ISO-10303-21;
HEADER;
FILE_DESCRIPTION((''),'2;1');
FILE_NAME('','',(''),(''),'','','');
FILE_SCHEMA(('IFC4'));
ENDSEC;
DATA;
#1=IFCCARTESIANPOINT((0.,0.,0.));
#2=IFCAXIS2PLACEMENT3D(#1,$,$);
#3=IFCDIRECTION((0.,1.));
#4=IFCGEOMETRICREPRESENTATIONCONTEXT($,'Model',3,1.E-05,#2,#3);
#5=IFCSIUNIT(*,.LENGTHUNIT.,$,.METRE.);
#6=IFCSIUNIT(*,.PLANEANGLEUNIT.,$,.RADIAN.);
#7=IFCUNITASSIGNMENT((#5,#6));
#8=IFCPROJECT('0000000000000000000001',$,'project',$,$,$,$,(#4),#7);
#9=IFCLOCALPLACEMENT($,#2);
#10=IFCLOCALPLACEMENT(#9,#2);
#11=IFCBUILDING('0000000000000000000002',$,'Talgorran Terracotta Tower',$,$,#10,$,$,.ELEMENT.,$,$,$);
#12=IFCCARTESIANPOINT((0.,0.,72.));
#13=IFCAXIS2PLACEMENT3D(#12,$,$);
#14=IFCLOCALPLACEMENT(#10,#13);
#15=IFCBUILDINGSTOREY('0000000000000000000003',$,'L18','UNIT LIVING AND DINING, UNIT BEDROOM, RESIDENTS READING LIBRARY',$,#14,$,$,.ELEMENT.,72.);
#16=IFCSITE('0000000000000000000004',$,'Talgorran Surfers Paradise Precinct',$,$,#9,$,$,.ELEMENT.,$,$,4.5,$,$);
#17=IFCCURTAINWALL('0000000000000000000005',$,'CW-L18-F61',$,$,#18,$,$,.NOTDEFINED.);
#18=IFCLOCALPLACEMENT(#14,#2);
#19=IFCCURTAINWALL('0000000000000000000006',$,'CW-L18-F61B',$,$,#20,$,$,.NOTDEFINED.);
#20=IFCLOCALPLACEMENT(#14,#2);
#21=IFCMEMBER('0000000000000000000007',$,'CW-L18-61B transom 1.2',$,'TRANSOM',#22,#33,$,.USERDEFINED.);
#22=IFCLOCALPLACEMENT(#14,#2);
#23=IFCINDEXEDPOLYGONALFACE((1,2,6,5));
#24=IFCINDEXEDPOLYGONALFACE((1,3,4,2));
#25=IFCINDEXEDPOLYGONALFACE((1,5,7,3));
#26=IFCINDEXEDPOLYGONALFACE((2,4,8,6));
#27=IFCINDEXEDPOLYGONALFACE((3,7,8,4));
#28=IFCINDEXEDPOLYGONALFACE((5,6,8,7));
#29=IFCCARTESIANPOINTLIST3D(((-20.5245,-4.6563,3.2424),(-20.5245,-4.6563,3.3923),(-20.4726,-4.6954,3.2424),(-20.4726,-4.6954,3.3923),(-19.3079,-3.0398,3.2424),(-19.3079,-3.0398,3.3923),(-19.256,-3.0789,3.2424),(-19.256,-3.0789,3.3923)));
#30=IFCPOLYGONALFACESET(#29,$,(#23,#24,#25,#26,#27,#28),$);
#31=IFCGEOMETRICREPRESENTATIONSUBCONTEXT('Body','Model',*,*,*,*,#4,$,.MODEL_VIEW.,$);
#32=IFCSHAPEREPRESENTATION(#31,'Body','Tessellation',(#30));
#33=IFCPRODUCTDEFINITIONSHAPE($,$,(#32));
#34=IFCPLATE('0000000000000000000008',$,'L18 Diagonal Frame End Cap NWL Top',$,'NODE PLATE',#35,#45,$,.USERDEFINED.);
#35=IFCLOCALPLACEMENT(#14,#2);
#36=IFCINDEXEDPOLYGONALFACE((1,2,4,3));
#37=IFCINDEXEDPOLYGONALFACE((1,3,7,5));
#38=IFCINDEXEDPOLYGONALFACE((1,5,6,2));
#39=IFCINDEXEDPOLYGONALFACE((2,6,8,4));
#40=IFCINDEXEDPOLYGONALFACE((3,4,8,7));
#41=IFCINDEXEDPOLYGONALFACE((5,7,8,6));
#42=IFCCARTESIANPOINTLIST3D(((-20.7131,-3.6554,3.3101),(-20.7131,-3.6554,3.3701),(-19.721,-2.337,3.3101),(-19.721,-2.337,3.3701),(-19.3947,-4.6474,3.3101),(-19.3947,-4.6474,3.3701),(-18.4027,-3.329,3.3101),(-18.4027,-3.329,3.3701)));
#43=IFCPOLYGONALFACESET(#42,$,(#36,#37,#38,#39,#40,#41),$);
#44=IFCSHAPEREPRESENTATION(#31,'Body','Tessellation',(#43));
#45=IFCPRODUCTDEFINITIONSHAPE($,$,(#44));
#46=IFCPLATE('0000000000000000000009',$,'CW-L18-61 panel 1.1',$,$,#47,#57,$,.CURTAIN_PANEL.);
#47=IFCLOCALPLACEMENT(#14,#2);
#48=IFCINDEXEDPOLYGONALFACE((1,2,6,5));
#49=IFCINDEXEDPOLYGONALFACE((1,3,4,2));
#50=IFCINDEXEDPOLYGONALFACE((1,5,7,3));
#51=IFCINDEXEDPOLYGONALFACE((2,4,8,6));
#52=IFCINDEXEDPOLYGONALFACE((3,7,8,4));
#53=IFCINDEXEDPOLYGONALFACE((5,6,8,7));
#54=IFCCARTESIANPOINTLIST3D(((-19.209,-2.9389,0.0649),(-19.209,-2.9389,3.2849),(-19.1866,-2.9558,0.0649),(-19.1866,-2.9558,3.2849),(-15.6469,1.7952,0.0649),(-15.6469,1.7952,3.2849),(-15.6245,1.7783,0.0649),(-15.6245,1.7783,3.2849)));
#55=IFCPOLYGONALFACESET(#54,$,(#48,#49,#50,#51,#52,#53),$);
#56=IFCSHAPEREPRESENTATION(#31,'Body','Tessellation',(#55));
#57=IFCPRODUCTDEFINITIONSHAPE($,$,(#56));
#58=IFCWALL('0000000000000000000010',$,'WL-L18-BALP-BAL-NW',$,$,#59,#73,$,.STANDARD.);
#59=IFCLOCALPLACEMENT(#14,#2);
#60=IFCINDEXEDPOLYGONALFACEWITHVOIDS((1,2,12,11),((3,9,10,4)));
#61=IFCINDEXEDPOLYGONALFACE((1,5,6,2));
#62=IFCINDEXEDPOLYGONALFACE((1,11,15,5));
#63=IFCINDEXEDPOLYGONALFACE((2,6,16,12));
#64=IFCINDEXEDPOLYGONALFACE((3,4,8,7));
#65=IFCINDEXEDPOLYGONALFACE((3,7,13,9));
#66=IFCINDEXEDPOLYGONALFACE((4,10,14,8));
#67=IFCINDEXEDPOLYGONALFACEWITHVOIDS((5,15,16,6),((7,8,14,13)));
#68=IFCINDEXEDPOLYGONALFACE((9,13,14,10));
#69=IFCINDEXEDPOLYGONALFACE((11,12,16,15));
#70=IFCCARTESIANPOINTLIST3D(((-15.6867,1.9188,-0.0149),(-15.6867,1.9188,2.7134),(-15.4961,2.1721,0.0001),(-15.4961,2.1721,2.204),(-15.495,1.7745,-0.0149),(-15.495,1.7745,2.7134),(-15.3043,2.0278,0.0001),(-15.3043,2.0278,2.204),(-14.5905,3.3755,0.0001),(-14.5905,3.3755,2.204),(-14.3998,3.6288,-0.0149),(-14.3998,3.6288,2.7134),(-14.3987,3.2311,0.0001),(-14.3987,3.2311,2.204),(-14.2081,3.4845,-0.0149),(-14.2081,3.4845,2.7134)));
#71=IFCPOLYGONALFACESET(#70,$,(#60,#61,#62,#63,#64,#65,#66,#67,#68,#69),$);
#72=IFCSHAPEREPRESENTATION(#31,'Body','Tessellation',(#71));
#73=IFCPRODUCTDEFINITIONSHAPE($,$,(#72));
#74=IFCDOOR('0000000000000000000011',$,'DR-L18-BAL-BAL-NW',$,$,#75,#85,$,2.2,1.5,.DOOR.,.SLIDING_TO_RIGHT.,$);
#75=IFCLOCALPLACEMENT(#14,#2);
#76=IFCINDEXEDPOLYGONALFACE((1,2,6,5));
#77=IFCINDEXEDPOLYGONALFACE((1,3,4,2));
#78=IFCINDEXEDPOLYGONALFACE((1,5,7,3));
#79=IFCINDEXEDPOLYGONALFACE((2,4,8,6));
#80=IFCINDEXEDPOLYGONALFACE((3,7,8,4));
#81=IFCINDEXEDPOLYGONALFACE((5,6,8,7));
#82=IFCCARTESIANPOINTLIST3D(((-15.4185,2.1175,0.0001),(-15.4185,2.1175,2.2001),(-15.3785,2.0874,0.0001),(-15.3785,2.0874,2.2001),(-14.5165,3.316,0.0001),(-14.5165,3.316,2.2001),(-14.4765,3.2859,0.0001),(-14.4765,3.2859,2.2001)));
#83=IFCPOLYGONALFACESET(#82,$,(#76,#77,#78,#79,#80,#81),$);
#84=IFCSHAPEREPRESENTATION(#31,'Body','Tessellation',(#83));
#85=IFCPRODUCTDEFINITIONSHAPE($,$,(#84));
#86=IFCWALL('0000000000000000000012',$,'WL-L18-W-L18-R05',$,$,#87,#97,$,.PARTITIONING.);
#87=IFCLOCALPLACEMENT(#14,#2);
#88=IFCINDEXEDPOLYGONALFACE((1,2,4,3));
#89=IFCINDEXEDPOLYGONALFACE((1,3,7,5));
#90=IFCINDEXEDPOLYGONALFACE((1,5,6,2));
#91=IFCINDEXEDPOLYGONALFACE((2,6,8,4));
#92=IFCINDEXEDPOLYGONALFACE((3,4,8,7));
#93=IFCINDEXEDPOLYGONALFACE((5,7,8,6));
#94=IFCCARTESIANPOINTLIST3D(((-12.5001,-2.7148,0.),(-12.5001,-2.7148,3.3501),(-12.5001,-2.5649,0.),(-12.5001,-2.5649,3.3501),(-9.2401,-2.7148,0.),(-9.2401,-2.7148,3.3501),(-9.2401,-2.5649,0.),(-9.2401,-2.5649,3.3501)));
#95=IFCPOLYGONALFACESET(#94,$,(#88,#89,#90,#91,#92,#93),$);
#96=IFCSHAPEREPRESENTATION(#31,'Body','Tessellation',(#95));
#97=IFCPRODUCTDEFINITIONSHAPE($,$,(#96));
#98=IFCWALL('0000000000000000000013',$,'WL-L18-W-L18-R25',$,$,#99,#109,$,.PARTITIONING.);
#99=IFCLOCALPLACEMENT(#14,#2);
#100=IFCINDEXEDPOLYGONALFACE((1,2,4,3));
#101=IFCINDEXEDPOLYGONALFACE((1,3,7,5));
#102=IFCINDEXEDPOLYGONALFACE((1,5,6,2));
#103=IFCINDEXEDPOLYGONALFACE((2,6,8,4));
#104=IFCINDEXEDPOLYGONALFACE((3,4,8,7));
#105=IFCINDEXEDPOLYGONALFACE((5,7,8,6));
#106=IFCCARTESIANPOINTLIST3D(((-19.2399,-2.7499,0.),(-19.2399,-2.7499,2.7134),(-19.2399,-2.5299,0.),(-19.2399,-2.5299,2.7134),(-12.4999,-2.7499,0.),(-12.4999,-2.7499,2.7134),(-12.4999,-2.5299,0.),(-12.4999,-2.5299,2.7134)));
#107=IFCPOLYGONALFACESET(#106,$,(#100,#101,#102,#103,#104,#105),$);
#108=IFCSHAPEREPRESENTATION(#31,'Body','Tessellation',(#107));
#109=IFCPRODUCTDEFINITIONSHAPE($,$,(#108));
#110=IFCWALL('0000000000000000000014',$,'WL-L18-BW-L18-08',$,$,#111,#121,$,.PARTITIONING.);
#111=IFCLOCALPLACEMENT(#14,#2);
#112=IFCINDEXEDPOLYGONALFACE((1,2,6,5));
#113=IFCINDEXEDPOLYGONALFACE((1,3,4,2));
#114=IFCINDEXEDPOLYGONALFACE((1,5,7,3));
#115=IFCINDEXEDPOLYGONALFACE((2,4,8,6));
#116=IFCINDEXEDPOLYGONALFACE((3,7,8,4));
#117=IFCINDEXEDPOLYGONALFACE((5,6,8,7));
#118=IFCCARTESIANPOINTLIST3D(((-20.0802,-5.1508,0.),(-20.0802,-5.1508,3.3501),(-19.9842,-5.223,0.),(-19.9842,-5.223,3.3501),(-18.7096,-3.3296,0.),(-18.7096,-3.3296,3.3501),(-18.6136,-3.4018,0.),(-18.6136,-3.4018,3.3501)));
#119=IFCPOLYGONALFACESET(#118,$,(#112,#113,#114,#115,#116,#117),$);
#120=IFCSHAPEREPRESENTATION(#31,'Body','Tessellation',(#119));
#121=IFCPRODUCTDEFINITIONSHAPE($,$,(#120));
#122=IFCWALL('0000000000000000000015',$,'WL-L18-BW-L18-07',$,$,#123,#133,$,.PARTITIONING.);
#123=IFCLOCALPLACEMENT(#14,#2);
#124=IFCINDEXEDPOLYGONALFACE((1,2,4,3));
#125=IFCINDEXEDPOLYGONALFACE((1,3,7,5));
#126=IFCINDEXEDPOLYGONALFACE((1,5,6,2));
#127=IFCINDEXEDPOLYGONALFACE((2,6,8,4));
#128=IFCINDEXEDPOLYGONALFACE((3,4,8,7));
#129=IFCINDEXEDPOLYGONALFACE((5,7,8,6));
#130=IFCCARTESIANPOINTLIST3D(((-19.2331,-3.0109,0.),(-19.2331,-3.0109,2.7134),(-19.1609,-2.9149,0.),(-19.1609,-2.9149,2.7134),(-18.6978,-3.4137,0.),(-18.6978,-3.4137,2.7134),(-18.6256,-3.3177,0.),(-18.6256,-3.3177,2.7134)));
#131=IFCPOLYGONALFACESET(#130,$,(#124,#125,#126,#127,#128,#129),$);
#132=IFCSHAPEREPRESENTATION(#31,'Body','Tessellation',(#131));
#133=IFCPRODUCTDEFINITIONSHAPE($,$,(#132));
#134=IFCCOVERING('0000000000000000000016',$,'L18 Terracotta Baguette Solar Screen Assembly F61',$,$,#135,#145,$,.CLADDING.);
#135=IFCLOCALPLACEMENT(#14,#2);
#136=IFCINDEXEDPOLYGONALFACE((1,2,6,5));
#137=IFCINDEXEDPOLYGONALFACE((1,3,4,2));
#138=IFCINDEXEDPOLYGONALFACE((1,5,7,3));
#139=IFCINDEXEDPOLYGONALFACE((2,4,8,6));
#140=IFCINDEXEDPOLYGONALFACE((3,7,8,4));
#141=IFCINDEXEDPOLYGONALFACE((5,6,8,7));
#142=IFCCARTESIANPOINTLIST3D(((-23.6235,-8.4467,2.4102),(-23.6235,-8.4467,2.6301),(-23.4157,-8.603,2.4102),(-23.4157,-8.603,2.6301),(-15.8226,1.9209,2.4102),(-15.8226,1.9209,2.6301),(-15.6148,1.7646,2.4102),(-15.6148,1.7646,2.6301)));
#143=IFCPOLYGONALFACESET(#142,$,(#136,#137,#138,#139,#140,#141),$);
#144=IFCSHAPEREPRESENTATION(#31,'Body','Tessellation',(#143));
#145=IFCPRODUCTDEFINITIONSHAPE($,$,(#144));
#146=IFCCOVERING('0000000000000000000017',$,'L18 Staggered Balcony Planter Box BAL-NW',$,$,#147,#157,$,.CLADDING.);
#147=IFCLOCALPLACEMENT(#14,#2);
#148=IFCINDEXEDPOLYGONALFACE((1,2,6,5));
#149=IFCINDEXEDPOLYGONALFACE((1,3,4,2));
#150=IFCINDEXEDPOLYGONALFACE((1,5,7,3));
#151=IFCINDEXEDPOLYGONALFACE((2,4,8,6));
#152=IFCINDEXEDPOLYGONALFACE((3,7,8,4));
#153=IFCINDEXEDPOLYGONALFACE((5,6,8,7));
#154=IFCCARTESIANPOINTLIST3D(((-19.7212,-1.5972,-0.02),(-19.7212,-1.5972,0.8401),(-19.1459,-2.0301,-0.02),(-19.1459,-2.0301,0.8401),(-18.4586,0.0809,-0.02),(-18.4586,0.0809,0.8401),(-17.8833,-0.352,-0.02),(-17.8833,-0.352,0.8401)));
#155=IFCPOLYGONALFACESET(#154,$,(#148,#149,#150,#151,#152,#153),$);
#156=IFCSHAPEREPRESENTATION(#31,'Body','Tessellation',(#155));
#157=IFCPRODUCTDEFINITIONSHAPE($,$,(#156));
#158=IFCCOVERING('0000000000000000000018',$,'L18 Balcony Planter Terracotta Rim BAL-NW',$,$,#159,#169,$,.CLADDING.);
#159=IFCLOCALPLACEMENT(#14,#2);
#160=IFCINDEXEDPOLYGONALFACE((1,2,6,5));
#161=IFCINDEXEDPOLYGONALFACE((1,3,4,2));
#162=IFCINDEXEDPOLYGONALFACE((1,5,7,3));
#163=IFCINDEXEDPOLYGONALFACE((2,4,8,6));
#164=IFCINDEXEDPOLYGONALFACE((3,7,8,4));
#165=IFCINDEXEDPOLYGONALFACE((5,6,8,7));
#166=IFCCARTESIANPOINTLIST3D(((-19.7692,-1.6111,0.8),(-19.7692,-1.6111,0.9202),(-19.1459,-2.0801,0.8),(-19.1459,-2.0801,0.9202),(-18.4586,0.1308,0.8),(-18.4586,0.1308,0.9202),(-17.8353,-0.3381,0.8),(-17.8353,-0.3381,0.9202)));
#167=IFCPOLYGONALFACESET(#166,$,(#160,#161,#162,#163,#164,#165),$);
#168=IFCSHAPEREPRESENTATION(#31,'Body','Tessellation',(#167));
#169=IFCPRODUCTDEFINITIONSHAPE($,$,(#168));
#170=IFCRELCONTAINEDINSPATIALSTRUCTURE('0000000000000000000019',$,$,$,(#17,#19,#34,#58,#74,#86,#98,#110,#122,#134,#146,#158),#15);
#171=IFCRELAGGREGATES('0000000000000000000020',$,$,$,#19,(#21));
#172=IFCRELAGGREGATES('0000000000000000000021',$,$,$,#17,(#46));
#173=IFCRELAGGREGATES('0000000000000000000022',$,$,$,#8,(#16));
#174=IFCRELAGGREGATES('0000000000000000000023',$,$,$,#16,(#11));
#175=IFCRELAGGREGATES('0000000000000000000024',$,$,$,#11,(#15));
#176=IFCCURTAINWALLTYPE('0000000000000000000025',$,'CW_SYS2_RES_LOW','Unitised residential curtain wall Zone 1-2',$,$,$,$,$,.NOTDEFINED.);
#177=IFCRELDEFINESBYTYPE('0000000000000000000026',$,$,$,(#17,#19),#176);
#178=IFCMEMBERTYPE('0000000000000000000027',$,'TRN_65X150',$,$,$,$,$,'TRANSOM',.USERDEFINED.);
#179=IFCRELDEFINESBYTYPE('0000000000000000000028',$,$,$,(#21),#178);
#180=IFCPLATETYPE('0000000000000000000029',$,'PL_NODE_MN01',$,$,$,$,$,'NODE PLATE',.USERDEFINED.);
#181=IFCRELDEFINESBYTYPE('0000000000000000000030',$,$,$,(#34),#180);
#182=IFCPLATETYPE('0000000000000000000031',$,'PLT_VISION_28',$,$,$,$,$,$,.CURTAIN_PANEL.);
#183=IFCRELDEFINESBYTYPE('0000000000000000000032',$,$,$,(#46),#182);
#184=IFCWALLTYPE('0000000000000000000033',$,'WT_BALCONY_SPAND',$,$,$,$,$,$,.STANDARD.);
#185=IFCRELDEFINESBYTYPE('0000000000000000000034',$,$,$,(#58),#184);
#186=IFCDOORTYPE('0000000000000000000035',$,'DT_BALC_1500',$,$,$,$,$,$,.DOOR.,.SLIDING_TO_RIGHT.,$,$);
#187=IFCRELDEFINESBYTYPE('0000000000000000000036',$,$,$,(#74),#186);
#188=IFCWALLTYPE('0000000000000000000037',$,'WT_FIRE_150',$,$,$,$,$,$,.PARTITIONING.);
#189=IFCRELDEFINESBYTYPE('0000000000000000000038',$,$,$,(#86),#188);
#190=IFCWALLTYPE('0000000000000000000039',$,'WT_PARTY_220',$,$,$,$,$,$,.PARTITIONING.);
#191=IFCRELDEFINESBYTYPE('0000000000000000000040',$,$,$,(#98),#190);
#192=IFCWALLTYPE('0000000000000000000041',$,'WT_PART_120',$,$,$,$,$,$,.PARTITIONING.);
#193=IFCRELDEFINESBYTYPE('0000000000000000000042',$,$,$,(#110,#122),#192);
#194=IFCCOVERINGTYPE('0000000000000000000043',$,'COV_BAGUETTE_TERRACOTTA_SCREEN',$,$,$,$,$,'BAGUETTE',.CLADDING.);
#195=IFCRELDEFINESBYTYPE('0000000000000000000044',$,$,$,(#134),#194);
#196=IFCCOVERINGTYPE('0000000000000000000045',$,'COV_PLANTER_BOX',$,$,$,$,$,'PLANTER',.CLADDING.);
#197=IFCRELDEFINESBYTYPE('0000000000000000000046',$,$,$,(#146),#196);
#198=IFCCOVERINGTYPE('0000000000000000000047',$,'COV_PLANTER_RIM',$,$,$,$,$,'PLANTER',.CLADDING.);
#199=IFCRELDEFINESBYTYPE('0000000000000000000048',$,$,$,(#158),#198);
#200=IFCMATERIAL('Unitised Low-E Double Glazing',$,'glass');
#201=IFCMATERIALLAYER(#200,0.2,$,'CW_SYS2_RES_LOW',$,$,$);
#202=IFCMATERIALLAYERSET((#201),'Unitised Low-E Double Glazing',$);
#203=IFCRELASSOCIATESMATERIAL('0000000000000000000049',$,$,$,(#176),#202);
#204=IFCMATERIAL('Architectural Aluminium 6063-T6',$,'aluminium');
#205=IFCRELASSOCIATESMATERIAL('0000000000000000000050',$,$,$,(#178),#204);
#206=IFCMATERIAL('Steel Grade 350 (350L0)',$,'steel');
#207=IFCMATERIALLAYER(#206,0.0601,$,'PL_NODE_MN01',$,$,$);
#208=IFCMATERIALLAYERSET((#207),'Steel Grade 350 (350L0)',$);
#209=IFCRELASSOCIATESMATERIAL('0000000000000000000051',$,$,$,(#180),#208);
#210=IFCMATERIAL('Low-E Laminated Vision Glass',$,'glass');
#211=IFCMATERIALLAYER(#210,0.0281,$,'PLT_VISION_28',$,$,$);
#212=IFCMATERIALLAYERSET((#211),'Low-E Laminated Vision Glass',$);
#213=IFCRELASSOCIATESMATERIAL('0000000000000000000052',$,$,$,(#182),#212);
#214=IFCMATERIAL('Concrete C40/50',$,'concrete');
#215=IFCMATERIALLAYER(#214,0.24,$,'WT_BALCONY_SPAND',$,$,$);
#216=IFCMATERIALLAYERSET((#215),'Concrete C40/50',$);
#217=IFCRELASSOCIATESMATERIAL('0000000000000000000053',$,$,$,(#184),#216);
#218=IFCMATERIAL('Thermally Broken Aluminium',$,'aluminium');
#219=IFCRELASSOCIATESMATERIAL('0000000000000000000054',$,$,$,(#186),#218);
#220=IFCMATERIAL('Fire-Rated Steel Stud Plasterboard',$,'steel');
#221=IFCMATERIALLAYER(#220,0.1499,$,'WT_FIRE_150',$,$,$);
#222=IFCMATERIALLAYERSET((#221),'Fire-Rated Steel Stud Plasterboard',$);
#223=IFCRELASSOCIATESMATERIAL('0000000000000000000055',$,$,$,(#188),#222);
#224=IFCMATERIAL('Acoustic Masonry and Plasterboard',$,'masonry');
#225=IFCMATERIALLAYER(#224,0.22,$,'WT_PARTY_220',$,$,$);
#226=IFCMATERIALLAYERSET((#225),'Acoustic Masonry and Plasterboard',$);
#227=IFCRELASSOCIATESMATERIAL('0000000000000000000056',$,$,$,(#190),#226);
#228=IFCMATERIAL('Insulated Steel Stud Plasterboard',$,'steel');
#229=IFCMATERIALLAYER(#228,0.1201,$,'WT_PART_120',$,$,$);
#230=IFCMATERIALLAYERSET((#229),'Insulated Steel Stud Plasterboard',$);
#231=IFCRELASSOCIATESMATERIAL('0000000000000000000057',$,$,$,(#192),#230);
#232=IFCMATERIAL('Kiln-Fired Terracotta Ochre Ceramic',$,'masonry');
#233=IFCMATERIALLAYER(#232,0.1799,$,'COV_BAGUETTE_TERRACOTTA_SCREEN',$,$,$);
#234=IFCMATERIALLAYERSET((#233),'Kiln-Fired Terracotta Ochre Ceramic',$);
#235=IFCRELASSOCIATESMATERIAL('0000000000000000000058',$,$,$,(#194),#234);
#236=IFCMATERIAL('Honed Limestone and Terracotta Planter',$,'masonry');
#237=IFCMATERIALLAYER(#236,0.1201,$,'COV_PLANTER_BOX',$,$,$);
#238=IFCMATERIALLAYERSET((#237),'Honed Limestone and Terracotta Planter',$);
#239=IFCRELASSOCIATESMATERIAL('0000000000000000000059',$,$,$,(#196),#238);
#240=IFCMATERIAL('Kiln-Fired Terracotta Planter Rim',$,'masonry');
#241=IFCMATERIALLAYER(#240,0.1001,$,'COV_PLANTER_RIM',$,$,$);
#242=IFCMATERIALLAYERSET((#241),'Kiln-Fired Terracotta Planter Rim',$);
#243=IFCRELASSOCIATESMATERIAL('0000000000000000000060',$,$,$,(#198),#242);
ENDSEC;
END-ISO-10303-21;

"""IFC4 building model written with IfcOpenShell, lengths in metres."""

from ifc_helpers import new_model, si_unit, direction, frame, frame_2d, origin, origin_2d, place, context, subcontext, project, spatial, rectangle, extrude, source, transform, mapped, material, layer, layer_set, material_profile, profile_set, type_object, type_shapes, element, fill, aggregate, save


model = new_model("IFC4")

# Units and contexts
model_context = context("Model", 3, precision=1e-05, world=origin(), true_north=direction((0.0, 1.0)))
body_context = subcontext(model_context, "Body", "Model", "MODEL_VIEW")
ifc_project = project(units=[si_unit("LENGTHUNIT", "METRE"), si_unit("PLANEANGLEUNIT", "RADIAN")], contexts=[model_context])

# Site, building, storey
site_placement = place(None, origin())
site = spatial("IfcSite", under=ifc_project, at=site_placement, Name="Talgorran Surfers Paradise Precinct", CompositionType="ELEMENT", RefElevation=4.5)
building_placement = place(site_placement, origin())
building = spatial("IfcBuilding", under=site, at=building_placement, Name="Talgorran Terracotta Tower", CompositionType="ELEMENT")
storey_placement = place(building_placement, frame((0.0, 0.0, 72.0)))
storey = spatial("IfcBuildingStorey", under=building, at=storey_placement, Name="L18", Description="UNIT LIVING AND DINING, UNIT BEDROOM, RESIDENTS READING LIBRARY", CompositionType="ELEMENT", Elevation=72.0)

# Shared definitions
ifc_material_1 = material(Name="Steel Grade 350 (350L0)", Category="steel")

# Curtain wall
ifc_material_2 = material(Name="Unitised Low-E Double Glazing", Category="glass")
ifc_layer_1 = layer(ifc_material_2, 0.2, Name="CW_SYS2_RES_LOW")
ifc_layer_set_1 = layer_set([ifc_layer_1], Name="Unitised Low-E Double Glazing")
curtain_wall_type = type_object("IfcCurtainWallType", Name="CW_SYS2_RES_LOW", Description="Unitised residential curtain wall Zone 1-2", PredefinedType="NOTDEFINED", material=ifc_layer_set_1)
curtain_wall_1_placement = place(storey_placement, origin())
curtain_wall_1 = element("IfcCurtainWall", 1, at=curtain_wall_1_placement, inside=storey, type_object=curtain_wall_type, Name="CW-L18-F61", PredefinedType="NOTDEFINED")
ifc_material_3 = material(Name="Architectural Aluminium 6063-T6", Category="aluminium")

# Curtain wall
curtain_wall_2_placement = place(storey_placement, origin())
curtain_wall_2 = element("IfcCurtainWall", 2, at=curtain_wall_2_placement, inside=storey, type_object=curtain_wall_type, Name="CW-L18-F61B", PredefinedType="NOTDEFINED")

# Member
ifc_material_profile_1 = material_profile(ifc_material_3, rectangle(XDim=0.0649, YDim=0.1499, at=origin_2d()), Name="CWT65X150")
ifc_profile_set_1 = profile_set([ifc_material_profile_1], Name="Architectural Aluminium 6063-T6")
member_type_1 = type_object("IfcMemberType", Name="TRN_65X150", ElementType="TRANSOM", PredefinedType="USERDEFINED", material=ifc_profile_set_1)
member_1_placement = place(storey_placement, frame((-19.282, -3.0593, 3.3174), z_axis=(-0.601331, -0.799, 0.0), x_axis=(0.799, -0.601331, 0.0)))
member_1 = element("IfcMember", 3, at=member_1_placement, type_object=member_type_1, Name="CW-L18-61B transom 1.2", ObjectType="TRANSOM", PredefinedType="USERDEFINED", context=body_context, shape_type="SweptSolid", body=[
    extrude(rectangle(XDim=0.0649, YDim=0.1499, at=origin_2d()), origin(), (0.0, 0.0, 1.0), 2.0232),
])
aggregate(curtain_wall_2, [member_1])

# Plates
ifc_layer_2 = layer(ifc_material_1, 0.0601, Name="PL_NODE_MN01")
ifc_layer_set_2 = layer_set([ifc_layer_2], Name="Steel Grade 350 (350L0)")
plate_type_1 = type_object("IfcPlateType", Name="PL_NODE_MN01", ElementType="NODE PLATE", PredefinedType="USERDEFINED", material=ifc_layer_set_2)
plate_1_placement = place(storey_placement, frame((-19.5579, -3.4922, 3.3101), z_axis=(0.0, 0.0, 1.0), x_axis=(0.601257, 0.799055, 0.0)))
element("IfcPlate", 4, at=plate_1_placement, inside=storey, type_object=plate_type_1, Name="L18 Diagonal Frame End Cap NWL Top", ObjectType="NODE PLATE", PredefinedType="USERDEFINED", context=body_context, shape_type="SweptSolid", body=[
    extrude(rectangle(XDim=1.6499, YDim=1.6499, at=origin_2d()), origin(), (0.0, 0.0, 1.0), 0.0601),
])
ifc_material_4 = material(Name="Low-E Laminated Vision Glass", Category="glass")
ifc_layer_3 = layer(ifc_material_4, 0.0281, Name="PLT_VISION_28")
ifc_layer_set_3 = layer_set([ifc_layer_3], Name="Low-E Laminated Vision Glass")
plate_type_2 = type_object("IfcPlateType", Name="PLT_VISION_28", PredefinedType="CURTAIN_PANEL", material=ifc_layer_set_3)
shared_shape = source(origin(), body_context, "Body", "SweptSolid", [
    extrude(rectangle(XDim=5.9246, YDim=0.0281, at=origin_2d()), origin(), (0.0, 0.0, 1.0), 3.22),
])
type_shapes(plate_type_2, [shared_shape])
plate_2_placement = place(storey_placement, frame((-17.4167, -0.5803, 0.0649), z_axis=(0.0, 0.0, 1.0), x_axis=(-0.601247, -0.799064, 0.0)))
plate_2 = element("IfcPlate", 5, at=plate_2_placement, type_object=plate_type_2, Name="CW-L18-61 panel 1.1", PredefinedType="CURTAIN_PANEL", context=body_context, shape_type="MappedRepresentation", body=[
    mapped(shared_shape, transform((0.0, 0.0, 0.0), scale=1.0)),
])
aggregate(curtain_wall_1, [plate_2])

# Wall, opening, door
ifc_material_5 = material(Name="Concrete C40/50", Category="concrete")
ifc_layer_4 = layer(ifc_material_5, 0.24, Name="WT_BALCONY_SPAND")
ifc_layer_set_4 = layer_set([ifc_layer_4], Name="Concrete C40/50")
wall_type_1 = type_object("IfcWallType", Name="WT_BALCONY_SPAND", PredefinedType="STANDARD", material=ifc_layer_set_4)
wall_1_placement = place(storey_placement, frame((-14.304, 3.5566, -0.0149), z_axis=(0.0, 0.0, 1.0), x_axis=(-0.601313, -0.799013, 0.0)))
wall_1 = element("IfcWall", 6, at=wall_1_placement, inside=storey, type_object=wall_type_1, Name="WL-L18-BALP-BAL-NW", PredefinedType="STANDARD", context=body_context, shape_type="SweptSolid", body=[
    extrude(rectangle(XDim=2.1401, YDim=0.24, at=frame_2d((1.0701, 0.0))), origin(), (0.0, 0.0, 1.0), 2.7283),
])
opening_placement = place(wall_1_placement, frame((0.3201, 0.0, 0.0149)))
opening = element("IfcOpeningElement", 7, at=opening_placement, cuts=wall_1, PredefinedType="OPENING", context=body_context, shape_type="SweptSolid", body=[
    extrude(rectangle(XDim=1.506, YDim=2.204, at=frame_2d((0.75, 1.1021))), frame((0.0, 0.1299, 0.0), z_axis=(0.0, -1.0, 0.0), x_axis=(1.0, 0.0, 0.0)), (0.0, 0.0, 1.0), 0.26),
])
ifc_material_6 = material(Name="Thermally Broken Aluminium", Category="aluminium")
door_type = type_object("IfcDoorType", Name="DT_BALC_1500", OperationType="SLIDING_TO_RIGHT", PredefinedType="DOOR", material=ifc_material_6)
door_placement = place(opening_placement, origin())
door = element("IfcDoor", 8, at=door_placement, inside=storey, type_object=door_type, Name="DR-L18-BAL-BAL-NW", OperationType="SLIDING_TO_RIGHT", OverallHeight=2.2, OverallWidth=1.5, PredefinedType="DOOR", context=body_context, shape_type="SweptSolid", body=[
    extrude(rectangle(XDim=1.5, YDim=2.2, at=frame_2d((0.75, 1.1001))), frame((0.0, 0.0249, 0.0), z_axis=(0.0, -1.0, 0.0), x_axis=(1.0, 0.0, 0.0)), (0.0, 0.0, 1.0), 0.05),
])
fill(opening, door)

# Walls
ifc_material_7 = material(Name="Fire-Rated Steel Stud Plasterboard", Category="steel")
ifc_layer_5 = layer(ifc_material_7, 0.1499, Name="WT_FIRE_150")
ifc_layer_set_5 = layer_set([ifc_layer_5], Name="Fire-Rated Steel Stud Plasterboard")
wall_type_2 = type_object("IfcWallType", Name="WT_FIRE_150", PredefinedType="PARTITIONING", material=ifc_layer_set_5)
wall_2_placement = place(storey_placement, frame((-12.5, -2.6399, 0.0), z_axis=(0.0, 0.0, 1.0), x_axis=(1.0, 0.0, 0.0)))
element("IfcWall", 9, at=wall_2_placement, inside=storey, type_object=wall_type_2, Name="WL-L18-W-L18-R05", PredefinedType="PARTITIONING", context=body_context, shape_type="SweptSolid", body=[
    extrude(rectangle(XDim=3.26, YDim=0.1499, at=frame_2d((1.6299, 0.0))), origin(), (0.0, 0.0, 1.0), 3.3501),
])
ifc_material_8 = material(Name="Acoustic Masonry and Plasterboard", Category="masonry")
ifc_layer_6 = layer(ifc_material_8, 0.22, Name="WT_PARTY_220")
ifc_layer_set_6 = layer_set([ifc_layer_6], Name="Acoustic Masonry and Plasterboard")
wall_type_3 = type_object("IfcWallType", Name="WT_PARTY_220", PredefinedType="PARTITIONING", material=ifc_layer_set_6)
wall_3_placement = place(storey_placement, frame((-19.24, -2.6399, 0.0), z_axis=(0.0, 0.0, 1.0), x_axis=(1.0, 0.0, 0.0)))
element("IfcWall", 10, at=wall_3_placement, inside=storey, type_object=wall_type_3, Name="WL-L18-W-L18-R25", PredefinedType="PARTITIONING", context=body_context, shape_type="SweptSolid", body=[
    extrude(rectangle(XDim=6.74, YDim=0.22, at=frame_2d((3.3701, 0.0))), origin(), (0.0, 0.0, 1.0), 2.7134),
])
ifc_material_9 = material(Name="Insulated Steel Stud Plasterboard", Category="steel")
ifc_layer_7 = layer(ifc_material_9, 0.1201, Name="WT_PART_120")
ifc_layer_set_7 = layer_set([ifc_layer_7], Name="Insulated Steel Stud Plasterboard")
wall_type_4 = type_object("IfcWallType", Name="WT_PART_120", PredefinedType="PARTITIONING", material=ifc_layer_set_7)
wall_4_placement = place(storey_placement, frame((-18.6616, -3.3657, 0.0), z_axis=(0.0, 0.0, 1.0), x_axis=(-0.601302, -0.799022, 0.0)))
element("IfcWall", 11, at=wall_4_placement, inside=storey, type_object=wall_type_4, Name="WL-L18-BW-L18-08", PredefinedType="PARTITIONING", context=body_context, shape_type="SweptSolid", body=[
    extrude(rectangle(XDim=2.2793, YDim=0.1201, at=frame_2d((1.1396, 0.0))), origin(), (0.0, 0.0, 1.0), 3.3501),
])
wall_5_placement = place(storey_placement, frame((-19.197, -2.9629, 0.0), z_axis=(0.0, 0.0, 1.0), x_axis=(0.799081, -0.601224, 0.0)))
element("IfcWall", 12, at=wall_5_placement, inside=storey, type_object=wall_type_4, Name="WL-L18-BW-L18-07", PredefinedType="PARTITIONING", context=body_context, shape_type="SweptSolid", body=[
    extrude(rectangle(XDim=0.6699, YDim=0.1201, at=frame_2d((0.335, 0.0))), origin(), (0.0, 0.0, 1.0), 2.7134),
])

# Coverings
ifc_material_10 = material(Name="Kiln-Fired Terracotta Ochre Ceramic", Category="masonry")
ifc_layer_8 = layer(ifc_material_10, 0.1799, Name="COV_BAGUETTE_TERRACOTTA_SCREEN")
ifc_layer_set_8 = layer_set([ifc_layer_8], Name="Kiln-Fired Terracotta Ochre Ceramic")
covering_type_1 = type_object("IfcCoveringType", Name="COV_BAGUETTE_TERRACOTTA_SCREEN", ElementType="BAGUETTE", PredefinedType="CLADDING", material=ifc_layer_set_8)
covering_1_placement = place(storey_placement, frame((-19.6191, -3.3411, 2.4102), z_axis=(0.0, 0.0, 1.0), x_axis=(-0.601243, -0.799066, 0.0)))
element("IfcCovering", 13, at=covering_1_placement, inside=storey, type_object=covering_type_1, Name="L18 Terracotta Baguette Solar Screen Assembly F61", PredefinedType="CLADDING", context=body_context, shape_type="SweptSolid", body=[
    extrude(rectangle(XDim=12.9746, YDim=0.26, at=origin_2d()), origin(), (0.0, 0.0, 1.0), 0.22),
])
ifc_material_11 = material(Name="Honed Limestone and Terracotta Planter", Category="masonry")
ifc_layer_9 = layer(ifc_material_11, 0.1201, Name="COV_PLANTER_BOX")
ifc_layer_set_9 = layer_set([ifc_layer_9], Name="Honed Limestone and Terracotta Planter")
covering_type_2 = type_object("IfcCoveringType", Name="COV_PLANTER_BOX", ElementType="PLANTER", PredefinedType="CLADDING", material=ifc_layer_set_9)
covering_2_placement = place(storey_placement, frame((-18.8022, -0.9746, -0.02), z_axis=(0.0, 0.0, 1.0), x_axis=(-0.601243, -0.799066, 0.0)))
element("IfcCovering", 14, at=covering_2_placement, inside=storey, type_object=covering_type_2, Name="L18 Staggered Balcony Planter Box BAL-NW", PredefinedType="CLADDING", context=body_context, shape_type="SweptSolid", body=[
    extrude(rectangle(XDim=2.1001, YDim=0.72, at=origin_2d()), origin(), (0.0, 0.0, 1.0), 0.8601),
])
ifc_material_12 = material(Name="Kiln-Fired Terracotta Planter Rim", Category="masonry")
ifc_layer_10 = layer(ifc_material_12, 0.1001, Name="COV_PLANTER_RIM")
ifc_layer_set_10 = layer_set([ifc_layer_10], Name="Kiln-Fired Terracotta Planter Rim")
covering_type_3 = type_object("IfcCoveringType", Name="COV_PLANTER_RIM", ElementType="PLANTER", PredefinedType="CLADDING", material=ifc_layer_set_10)
covering_3_placement = place(storey_placement, frame((-18.8022, -0.9746, 0.8), z_axis=(0.0, 0.0, 1.0), x_axis=(-0.601243, -0.799066, 0.0)))
element("IfcCovering", 15, at=covering_3_placement, inside=storey, type_object=covering_type_3, Name="L18 Balcony Planter Terracotta Rim BAL-NW", PredefinedType="CLADDING", context=body_context, shape_type="SweptSolid", body=[
    extrude(rectangle(XDim=2.1799, YDim=0.78, at=origin_2d()), origin(), (0.0, 0.0, 1.0), 0.1201),
])

save(model, "model.ifc")
